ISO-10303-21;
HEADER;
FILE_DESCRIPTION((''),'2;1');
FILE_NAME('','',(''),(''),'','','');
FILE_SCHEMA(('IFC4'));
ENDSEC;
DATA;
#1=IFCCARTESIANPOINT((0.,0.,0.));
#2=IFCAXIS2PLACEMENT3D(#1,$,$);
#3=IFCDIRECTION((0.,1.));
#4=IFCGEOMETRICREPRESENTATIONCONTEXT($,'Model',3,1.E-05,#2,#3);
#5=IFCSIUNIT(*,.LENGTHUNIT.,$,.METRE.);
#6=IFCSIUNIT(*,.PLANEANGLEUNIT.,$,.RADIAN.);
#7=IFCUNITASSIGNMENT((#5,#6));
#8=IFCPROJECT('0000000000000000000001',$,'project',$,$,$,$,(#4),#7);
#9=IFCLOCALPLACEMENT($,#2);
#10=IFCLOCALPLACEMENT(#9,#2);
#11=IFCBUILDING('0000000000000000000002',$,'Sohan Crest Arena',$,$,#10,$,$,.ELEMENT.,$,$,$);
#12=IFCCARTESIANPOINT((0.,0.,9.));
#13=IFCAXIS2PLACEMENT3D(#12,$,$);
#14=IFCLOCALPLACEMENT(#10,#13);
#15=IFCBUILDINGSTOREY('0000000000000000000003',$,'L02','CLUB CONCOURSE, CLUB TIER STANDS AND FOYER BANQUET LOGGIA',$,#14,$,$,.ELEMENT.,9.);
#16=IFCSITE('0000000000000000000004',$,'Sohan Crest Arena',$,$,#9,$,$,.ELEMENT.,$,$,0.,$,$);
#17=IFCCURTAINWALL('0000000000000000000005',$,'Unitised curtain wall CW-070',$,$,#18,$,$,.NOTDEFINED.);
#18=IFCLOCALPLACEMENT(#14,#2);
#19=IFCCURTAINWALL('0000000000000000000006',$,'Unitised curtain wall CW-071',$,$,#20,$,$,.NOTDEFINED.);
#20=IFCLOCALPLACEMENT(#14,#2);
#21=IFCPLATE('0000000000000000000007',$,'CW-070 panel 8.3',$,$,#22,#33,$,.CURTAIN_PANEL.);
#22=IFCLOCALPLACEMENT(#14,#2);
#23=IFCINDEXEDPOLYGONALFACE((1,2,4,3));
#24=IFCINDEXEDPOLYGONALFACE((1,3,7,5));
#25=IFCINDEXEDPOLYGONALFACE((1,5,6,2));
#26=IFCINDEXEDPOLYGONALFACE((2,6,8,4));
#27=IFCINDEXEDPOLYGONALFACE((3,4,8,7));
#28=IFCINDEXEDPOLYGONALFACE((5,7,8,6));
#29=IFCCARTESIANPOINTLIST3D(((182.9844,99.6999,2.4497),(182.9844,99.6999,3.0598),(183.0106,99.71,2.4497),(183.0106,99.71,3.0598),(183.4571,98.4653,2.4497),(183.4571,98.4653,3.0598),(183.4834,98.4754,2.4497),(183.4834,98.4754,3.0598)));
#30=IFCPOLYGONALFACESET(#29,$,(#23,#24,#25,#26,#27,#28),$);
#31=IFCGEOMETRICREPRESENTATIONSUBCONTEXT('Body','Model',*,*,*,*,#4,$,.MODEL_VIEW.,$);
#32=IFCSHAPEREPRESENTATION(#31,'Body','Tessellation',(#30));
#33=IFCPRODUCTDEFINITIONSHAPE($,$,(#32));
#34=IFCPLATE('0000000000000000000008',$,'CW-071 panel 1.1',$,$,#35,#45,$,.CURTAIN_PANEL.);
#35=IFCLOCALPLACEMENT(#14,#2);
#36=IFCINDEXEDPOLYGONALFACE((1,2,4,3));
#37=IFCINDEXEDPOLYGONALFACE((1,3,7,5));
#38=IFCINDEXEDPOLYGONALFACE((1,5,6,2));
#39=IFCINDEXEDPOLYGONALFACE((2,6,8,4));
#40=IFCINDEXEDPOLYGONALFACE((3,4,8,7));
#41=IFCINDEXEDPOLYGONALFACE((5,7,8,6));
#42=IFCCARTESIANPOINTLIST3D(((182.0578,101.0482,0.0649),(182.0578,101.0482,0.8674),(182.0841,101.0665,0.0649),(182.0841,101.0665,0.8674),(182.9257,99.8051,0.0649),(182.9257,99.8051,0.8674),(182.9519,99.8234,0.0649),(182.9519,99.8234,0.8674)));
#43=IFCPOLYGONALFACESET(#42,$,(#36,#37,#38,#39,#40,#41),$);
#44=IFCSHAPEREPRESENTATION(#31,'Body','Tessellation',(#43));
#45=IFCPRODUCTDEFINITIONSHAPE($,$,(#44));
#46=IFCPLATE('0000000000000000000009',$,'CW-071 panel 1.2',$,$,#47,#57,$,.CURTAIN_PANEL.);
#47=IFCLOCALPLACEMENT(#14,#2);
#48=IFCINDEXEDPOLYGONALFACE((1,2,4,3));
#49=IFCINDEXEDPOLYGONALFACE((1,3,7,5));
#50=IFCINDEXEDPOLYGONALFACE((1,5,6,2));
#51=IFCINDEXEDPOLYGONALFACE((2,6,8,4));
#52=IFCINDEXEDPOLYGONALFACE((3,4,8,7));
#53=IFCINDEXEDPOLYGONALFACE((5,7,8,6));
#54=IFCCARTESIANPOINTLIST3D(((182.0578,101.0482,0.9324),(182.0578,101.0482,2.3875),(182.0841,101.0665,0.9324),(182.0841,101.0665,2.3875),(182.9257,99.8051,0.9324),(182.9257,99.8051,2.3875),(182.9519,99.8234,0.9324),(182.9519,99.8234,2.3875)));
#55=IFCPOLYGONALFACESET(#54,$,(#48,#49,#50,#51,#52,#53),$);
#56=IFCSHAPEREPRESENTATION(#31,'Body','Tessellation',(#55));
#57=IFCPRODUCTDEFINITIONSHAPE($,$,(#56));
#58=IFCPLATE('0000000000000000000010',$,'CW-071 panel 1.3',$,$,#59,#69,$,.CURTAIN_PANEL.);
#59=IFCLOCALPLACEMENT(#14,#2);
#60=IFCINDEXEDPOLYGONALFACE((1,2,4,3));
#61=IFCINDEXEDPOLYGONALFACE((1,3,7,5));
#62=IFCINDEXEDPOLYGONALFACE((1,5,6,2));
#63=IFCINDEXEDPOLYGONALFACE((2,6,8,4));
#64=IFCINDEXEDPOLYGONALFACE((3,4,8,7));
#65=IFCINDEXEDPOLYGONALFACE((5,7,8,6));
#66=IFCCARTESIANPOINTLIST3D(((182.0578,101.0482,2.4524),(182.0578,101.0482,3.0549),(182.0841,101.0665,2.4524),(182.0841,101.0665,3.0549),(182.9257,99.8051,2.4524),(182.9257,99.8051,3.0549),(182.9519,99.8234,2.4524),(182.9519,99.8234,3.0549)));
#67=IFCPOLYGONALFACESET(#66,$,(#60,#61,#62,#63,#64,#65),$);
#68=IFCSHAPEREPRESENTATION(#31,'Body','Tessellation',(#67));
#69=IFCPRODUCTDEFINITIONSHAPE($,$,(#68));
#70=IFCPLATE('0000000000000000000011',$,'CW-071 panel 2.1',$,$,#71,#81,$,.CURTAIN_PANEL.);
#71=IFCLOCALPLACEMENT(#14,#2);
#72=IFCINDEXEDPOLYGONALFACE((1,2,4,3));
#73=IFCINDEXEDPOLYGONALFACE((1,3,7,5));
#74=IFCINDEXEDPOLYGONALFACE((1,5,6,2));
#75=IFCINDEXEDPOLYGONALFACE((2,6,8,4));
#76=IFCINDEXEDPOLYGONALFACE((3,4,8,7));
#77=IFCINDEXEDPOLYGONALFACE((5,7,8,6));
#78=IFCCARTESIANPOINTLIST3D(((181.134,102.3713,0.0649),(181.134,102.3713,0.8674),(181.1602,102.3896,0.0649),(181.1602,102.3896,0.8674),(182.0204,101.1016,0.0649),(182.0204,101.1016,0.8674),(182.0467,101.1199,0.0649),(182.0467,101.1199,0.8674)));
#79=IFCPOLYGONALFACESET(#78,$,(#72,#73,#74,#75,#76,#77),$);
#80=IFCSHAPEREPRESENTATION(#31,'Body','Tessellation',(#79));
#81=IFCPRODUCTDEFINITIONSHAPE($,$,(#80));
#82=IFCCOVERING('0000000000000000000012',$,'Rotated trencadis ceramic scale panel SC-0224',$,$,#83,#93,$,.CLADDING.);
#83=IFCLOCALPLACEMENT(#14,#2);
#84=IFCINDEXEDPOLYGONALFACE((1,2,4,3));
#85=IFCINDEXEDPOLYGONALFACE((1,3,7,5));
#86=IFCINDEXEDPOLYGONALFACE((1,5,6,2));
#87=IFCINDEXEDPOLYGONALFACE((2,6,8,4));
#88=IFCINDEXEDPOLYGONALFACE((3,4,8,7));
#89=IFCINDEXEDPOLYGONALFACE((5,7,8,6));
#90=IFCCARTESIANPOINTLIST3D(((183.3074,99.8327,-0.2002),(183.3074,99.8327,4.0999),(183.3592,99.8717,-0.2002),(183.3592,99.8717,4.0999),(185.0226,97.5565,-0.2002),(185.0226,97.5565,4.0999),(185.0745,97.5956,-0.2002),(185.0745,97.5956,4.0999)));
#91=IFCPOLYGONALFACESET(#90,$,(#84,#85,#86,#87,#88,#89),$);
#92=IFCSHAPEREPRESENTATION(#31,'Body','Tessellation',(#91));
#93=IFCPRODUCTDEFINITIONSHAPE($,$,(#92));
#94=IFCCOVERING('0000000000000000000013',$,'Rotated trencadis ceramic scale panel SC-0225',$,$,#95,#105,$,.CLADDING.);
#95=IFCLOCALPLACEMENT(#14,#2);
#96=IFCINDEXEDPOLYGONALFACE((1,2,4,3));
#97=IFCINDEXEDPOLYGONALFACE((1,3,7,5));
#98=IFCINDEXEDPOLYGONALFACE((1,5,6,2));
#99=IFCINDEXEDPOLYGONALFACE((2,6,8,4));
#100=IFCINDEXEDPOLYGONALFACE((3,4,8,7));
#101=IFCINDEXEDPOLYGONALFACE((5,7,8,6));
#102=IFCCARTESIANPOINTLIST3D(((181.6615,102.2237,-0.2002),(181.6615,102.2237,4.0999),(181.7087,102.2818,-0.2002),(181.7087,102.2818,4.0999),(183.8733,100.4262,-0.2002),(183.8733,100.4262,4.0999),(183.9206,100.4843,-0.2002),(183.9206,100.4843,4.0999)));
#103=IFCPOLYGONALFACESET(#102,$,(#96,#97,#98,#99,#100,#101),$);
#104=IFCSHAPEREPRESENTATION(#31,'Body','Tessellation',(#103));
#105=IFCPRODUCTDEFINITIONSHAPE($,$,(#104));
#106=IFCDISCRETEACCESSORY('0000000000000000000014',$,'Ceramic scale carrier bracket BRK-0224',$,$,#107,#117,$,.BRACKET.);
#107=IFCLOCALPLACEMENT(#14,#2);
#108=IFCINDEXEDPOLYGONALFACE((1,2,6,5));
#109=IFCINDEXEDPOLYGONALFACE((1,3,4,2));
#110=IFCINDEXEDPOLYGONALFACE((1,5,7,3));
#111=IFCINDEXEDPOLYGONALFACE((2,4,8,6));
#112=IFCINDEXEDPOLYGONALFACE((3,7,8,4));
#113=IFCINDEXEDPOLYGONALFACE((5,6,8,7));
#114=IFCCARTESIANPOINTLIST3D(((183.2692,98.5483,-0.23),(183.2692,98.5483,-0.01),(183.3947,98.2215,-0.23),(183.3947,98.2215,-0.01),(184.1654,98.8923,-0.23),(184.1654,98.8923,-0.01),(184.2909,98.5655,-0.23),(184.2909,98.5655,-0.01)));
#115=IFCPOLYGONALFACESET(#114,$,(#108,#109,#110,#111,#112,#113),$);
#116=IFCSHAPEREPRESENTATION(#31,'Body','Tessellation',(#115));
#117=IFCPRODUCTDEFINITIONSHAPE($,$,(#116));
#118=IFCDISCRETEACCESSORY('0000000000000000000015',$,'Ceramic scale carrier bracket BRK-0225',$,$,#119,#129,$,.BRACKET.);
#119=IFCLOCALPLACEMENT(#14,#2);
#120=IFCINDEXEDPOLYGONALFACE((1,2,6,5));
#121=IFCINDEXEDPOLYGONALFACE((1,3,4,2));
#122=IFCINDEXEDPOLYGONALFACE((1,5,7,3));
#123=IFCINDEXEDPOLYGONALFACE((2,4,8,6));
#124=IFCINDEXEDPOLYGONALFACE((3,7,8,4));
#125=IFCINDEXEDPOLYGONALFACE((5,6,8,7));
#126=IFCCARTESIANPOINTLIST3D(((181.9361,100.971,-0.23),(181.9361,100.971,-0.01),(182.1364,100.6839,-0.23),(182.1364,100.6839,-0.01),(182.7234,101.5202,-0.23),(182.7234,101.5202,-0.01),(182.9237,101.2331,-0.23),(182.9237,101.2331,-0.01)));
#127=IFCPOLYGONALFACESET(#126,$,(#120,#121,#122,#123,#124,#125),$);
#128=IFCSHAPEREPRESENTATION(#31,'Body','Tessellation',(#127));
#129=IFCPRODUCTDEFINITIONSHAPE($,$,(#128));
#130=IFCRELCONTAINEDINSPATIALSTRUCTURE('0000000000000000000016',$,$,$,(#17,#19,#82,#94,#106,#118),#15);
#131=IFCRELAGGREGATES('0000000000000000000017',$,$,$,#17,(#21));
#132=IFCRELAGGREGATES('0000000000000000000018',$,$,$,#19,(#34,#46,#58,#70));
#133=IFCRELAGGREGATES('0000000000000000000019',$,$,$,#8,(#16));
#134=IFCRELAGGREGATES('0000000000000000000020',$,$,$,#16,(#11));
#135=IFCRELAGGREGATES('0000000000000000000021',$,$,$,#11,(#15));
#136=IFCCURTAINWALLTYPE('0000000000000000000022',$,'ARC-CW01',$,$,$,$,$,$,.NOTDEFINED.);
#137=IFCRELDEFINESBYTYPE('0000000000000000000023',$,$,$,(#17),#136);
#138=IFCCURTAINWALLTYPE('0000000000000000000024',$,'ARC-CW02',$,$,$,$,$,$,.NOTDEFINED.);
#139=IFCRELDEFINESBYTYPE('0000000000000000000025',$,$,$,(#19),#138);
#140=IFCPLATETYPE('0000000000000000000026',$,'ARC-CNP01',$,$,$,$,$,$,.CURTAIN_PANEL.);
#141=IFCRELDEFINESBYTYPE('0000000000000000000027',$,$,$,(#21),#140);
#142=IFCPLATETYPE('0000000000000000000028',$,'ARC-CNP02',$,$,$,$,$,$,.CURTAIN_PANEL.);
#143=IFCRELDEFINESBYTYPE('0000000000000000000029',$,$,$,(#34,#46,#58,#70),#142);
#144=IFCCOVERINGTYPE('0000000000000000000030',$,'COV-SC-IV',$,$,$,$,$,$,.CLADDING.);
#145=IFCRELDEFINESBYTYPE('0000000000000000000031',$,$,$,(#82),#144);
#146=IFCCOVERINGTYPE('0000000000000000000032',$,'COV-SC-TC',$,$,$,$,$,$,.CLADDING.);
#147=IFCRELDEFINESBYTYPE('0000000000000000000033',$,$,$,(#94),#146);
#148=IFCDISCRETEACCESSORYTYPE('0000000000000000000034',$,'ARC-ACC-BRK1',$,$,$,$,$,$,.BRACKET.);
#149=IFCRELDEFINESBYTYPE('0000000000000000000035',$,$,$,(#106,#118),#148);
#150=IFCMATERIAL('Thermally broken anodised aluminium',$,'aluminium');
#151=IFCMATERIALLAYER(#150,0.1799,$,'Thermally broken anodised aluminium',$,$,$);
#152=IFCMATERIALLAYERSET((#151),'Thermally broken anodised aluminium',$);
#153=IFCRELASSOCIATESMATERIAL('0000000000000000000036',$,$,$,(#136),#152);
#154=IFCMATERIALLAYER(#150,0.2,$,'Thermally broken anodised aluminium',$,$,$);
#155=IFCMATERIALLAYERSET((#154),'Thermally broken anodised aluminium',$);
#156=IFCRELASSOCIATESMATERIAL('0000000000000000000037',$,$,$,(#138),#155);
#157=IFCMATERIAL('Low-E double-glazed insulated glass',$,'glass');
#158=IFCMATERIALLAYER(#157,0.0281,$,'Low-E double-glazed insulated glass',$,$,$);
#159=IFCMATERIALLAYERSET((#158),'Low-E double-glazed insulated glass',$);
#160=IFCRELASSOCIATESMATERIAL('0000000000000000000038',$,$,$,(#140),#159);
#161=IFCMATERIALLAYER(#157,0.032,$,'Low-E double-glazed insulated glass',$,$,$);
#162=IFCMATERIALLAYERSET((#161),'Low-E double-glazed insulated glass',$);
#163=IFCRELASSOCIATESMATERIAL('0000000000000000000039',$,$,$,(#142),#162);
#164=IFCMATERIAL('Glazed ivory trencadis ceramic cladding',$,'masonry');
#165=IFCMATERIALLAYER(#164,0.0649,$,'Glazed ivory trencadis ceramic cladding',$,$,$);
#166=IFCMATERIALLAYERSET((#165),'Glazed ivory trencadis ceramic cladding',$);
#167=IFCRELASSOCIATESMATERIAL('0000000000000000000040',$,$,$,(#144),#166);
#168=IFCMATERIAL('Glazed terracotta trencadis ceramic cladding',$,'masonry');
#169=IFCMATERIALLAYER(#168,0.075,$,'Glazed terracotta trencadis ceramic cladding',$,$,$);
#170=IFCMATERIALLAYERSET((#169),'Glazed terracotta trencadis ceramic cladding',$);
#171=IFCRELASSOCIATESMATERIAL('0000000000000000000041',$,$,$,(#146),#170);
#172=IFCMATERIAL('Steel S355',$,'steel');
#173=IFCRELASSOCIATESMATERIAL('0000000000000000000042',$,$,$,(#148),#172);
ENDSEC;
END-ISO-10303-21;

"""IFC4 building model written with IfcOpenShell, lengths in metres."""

from ifc_helpers import new_model, si_unit, direction, frame, origin, origin_2d, place, context, subcontext, project, spatial, rectangle, extrude, material, layer, layer_set, type_object, element, aggregate, save


model = new_model("IFC4")

# Units and contexts
model_context = context("Model", 3, precision=1e-05, world=origin(), true_north=direction((0.0, 1.0)))
body_context = subcontext(model_context, "Body", "Model", "MODEL_VIEW")
ifc_project = project(units=[si_unit("LENGTHUNIT", "METRE"), si_unit("PLANEANGLEUNIT", "RADIAN")], contexts=[model_context])

# Site, building, storey
site_placement = place(None, origin())
site = spatial("IfcSite", under=ifc_project, at=site_placement, Name="Sohan Crest Arena", CompositionType="ELEMENT", RefElevation=0.0)
building_placement = place(site_placement, origin())
building = spatial("IfcBuilding", under=site, at=building_placement, Name="Sohan Crest Arena", CompositionType="ELEMENT")
storey_placement = place(building_placement, frame((0.0, 0.0, 9.0)))
storey = spatial("IfcBuildingStorey", under=building, at=storey_placement, Name="L02", Description="CLUB CONCOURSE, CLUB TIER STANDS AND FOYER BANQUET LOGGIA", CompositionType="ELEMENT", Elevation=9.0)

# Shared definitions
ifc_material_1 = material(Name="Steel S355", Category="steel")

# Curtain walls
ifc_material_2 = material(Name="Thermally broken anodised aluminium", Category="aluminium")
ifc_layer_1 = layer(ifc_material_2, 0.1799, Name="Thermally broken anodised aluminium")
ifc_layer_set_1 = layer_set([ifc_layer_1], Name="Thermally broken anodised aluminium")
curtain_wall_type_1 = type_object("IfcCurtainWallType", Name="ARC-CW01", PredefinedType="NOTDEFINED", material=ifc_layer_set_1)
curtain_wall_1_placement = place(storey_placement, origin())
curtain_wall_1 = element("IfcCurtainWall", 1, at=curtain_wall_1_placement, inside=storey, type_object=curtain_wall_type_1, Name="Unitised curtain wall CW-070", PredefinedType="NOTDEFINED")
ifc_layer_2 = layer(ifc_material_2, 0.2, Name="Thermally broken anodised aluminium")
ifc_layer_set_2 = layer_set([ifc_layer_2], Name="Thermally broken anodised aluminium")
curtain_wall_type_2 = type_object("IfcCurtainWallType", Name="ARC-CW02", PredefinedType="NOTDEFINED", material=ifc_layer_set_2)
curtain_wall_2_placement = place(storey_placement, origin())
curtain_wall_2 = element("IfcCurtainWall", 2, at=curtain_wall_2_placement, inside=storey, type_object=curtain_wall_type_2, Name="Unitised curtain wall CW-071", PredefinedType="NOTDEFINED")

# Plates
ifc_material_3 = material(Name="Low-E double-glazed insulated glass", Category="glass")
ifc_layer_3 = layer(ifc_material_3, 0.0281, Name="Low-E double-glazed insulated glass")
ifc_layer_set_3 = layer_set([ifc_layer_3], Name="Low-E double-glazed insulated glass")
plate_type_1 = type_object("IfcPlateType", Name="ARC-CNP01", PredefinedType="CURTAIN_PANEL", material=ifc_layer_set_3)
plate_1_placement = place(storey_placement, frame((183.2339, 99.0876, 2.4497), z_axis=(0.0, 0.0, 1.0), x_axis=(-0.357567, 0.933888, 0.0)))
plate_1 = element("IfcPlate", 3, at=plate_1_placement, type_object=plate_type_1, Name="CW-070 panel 8.3", PredefinedType="CURTAIN_PANEL", context=body_context, shape_type="SweptSolid", body=[
    extrude(rectangle(XDim=1.322, YDim=0.0281, at=origin_2d()), origin(), (0.0, 0.0, 1.0), 0.6101),
])
aggregate(curtain_wall_1, [plate_1])
ifc_layer_4 = layer(ifc_material_3, 0.032, Name="Low-E double-glazed insulated glass")
ifc_layer_set_4 = layer_set([ifc_layer_4], Name="Low-E double-glazed insulated glass")
plate_type_2 = type_object("IfcPlateType", Name="ARC-CNP02", PredefinedType="CURTAIN_PANEL", material=ifc_layer_set_4)
plate_2_placement = place(storey_placement, frame((182.5049, 100.4358, 0.0649), z_axis=(0.0, 0.0, 1.0), x_axis=(-0.572428, 0.819955, 0.0)))
plate_2 = element("IfcPlate", 4, at=plate_2_placement, type_object=plate_type_2, Name="CW-071 panel 1.1", PredefinedType="CURTAIN_PANEL", context=body_context, shape_type="SweptSolid", body=[
    extrude(rectangle(XDim=1.5161, YDim=0.032, at=origin_2d()), origin(), (0.0, 0.0, 1.0), 0.8025),
])
plate_3_placement = place(storey_placement, frame((182.5049, 100.4358, 0.9324), z_axis=(0.0, 0.0, 1.0), x_axis=(-0.572428, 0.819955, 0.0)))
plate_3 = element("IfcPlate", 5, at=plate_3_placement, type_object=plate_type_2, Name="CW-071 panel 1.2", PredefinedType="CURTAIN_PANEL", context=body_context, shape_type="SweptSolid", body=[
    extrude(rectangle(XDim=1.5161, YDim=0.032, at=origin_2d()), origin(), (0.0, 0.0, 1.0), 1.4551),
])
plate_4_placement = place(storey_placement, frame((182.5049, 100.4358, 2.4524), z_axis=(0.0, 0.0, 1.0), x_axis=(-0.572428, 0.819955, 0.0)))
plate_4 = element("IfcPlate", 6, at=plate_4_placement, type_object=plate_type_2, Name="CW-071 panel 1.3", PredefinedType="CURTAIN_PANEL", context=body_context, shape_type="SweptSolid", body=[
    extrude(rectangle(XDim=1.5161, YDim=0.032, at=origin_2d()), origin(), (0.0, 0.0, 1.0), 0.6025),
])
plate_5_placement = place(storey_placement, frame((181.5903, 101.7456, 0.0649), z_axis=(0.0, 0.0, 1.0), x_axis=(-0.572428, 0.819955, 0.0)))
plate_5 = element("IfcPlate", 7, at=plate_5_placement, type_object=plate_type_2, Name="CW-071 panel 2.1", PredefinedType="CURTAIN_PANEL", context=body_context, shape_type="SweptSolid", body=[
    extrude(rectangle(XDim=1.5486, YDim=0.032, at=origin_2d()), origin(), (0.0, 0.0, 1.0), 0.8025),
])
aggregate(curtain_wall_2, [plate_2, plate_3, plate_4, plate_5])

# Coverings
ifc_material_4 = material(Name="Glazed ivory trencadis ceramic cladding", Category="masonry")
ifc_layer_5 = layer(ifc_material_4, 0.0649, Name="Glazed ivory trencadis ceramic cladding")
ifc_layer_set_5 = layer_set([ifc_layer_5], Name="Glazed ivory trencadis ceramic cladding")
covering_type_1 = type_object("IfcCoveringType", Name="COV-SC-IV", PredefinedType="CLADDING", material=ifc_layer_set_5)
covering_1_placement = place(storey_placement, frame((184.1909, 98.7141, -0.2002), z_axis=(0.0, 0.0, 1.0), x_axis=(-0.601815, 0.798636, 0.0)))
element("IfcCovering", 8, at=covering_1_placement, inside=storey, type_object=covering_type_1, Name="Rotated trencadis ceramic scale panel SC-0224", PredefinedType="CLADDING", context=body_context, shape_type="SweptSolid", body=[
    extrude(rectangle(XDim=2.8501, YDim=0.0649, at=origin_2d()), origin(), (0.0, 0.0, 1.0), 4.3),
])
ifc_material_5 = material(Name="Glazed terracotta trencadis ceramic cladding", Category="masonry")
ifc_layer_6 = layer(ifc_material_5, 0.075, Name="Glazed terracotta trencadis ceramic cladding")
ifc_layer_set_6 = layer_set([ifc_layer_6], Name="Glazed terracotta trencadis ceramic cladding")
covering_type_2 = type_object("IfcCoveringType", Name="COV-SC-TC", PredefinedType="CLADDING", material=ifc_layer_set_6)
covering_2_placement = place(storey_placement, frame((182.791, 101.354, -0.2002), z_axis=(0.0, 0.0, 1.0), x_axis=(-0.776046, 0.630676, 0.0)))
element("IfcCovering", 9, at=covering_2_placement, inside=storey, type_object=covering_type_2, Name="Rotated trencadis ceramic scale panel SC-0225", PredefinedType="CLADDING", context=body_context, shape_type="SweptSolid", body=[
    extrude(rectangle(XDim=2.8501, YDim=0.075, at=origin_2d()), origin(), (0.0, 0.0, 1.0), 4.3),
])

# Discrete accessories
discrete_accessory_type = type_object("IfcDiscreteAccessoryType", Name="ARC-ACC-BRK1", PredefinedType="BRACKET", material=ifc_material_1)
for number, where, z_axis, x_axis, name in (
    (10, (183.78, 98.5569, -0.23), (0.0, 0.0, 1.0), (-0.358368, 0.93358, 0.0), "Ceramic scale carrier bracket BRK-0224"),
    (11, (182.4299, 101.1021, -0.23), (0.0, 0.0, 1.0), (-0.572146, 0.820152, 0.0), "Ceramic scale carrier bracket BRK-0225"),
):
    element("IfcDiscreteAccessory", number, at=place(storey_placement, frame(where, z_axis=z_axis, x_axis=x_axis)), inside=storey, type_object=discrete_accessory_type, Name=name, PredefinedType="BRACKET", context=body_context, shape_type="SweptSolid", body=[
        extrude(rectangle(XDim=0.3501, YDim=0.96, at=origin_2d()), origin(), (0.0, 0.0, 1.0), 0.22),
    ])

save(model, "model.ifc")
